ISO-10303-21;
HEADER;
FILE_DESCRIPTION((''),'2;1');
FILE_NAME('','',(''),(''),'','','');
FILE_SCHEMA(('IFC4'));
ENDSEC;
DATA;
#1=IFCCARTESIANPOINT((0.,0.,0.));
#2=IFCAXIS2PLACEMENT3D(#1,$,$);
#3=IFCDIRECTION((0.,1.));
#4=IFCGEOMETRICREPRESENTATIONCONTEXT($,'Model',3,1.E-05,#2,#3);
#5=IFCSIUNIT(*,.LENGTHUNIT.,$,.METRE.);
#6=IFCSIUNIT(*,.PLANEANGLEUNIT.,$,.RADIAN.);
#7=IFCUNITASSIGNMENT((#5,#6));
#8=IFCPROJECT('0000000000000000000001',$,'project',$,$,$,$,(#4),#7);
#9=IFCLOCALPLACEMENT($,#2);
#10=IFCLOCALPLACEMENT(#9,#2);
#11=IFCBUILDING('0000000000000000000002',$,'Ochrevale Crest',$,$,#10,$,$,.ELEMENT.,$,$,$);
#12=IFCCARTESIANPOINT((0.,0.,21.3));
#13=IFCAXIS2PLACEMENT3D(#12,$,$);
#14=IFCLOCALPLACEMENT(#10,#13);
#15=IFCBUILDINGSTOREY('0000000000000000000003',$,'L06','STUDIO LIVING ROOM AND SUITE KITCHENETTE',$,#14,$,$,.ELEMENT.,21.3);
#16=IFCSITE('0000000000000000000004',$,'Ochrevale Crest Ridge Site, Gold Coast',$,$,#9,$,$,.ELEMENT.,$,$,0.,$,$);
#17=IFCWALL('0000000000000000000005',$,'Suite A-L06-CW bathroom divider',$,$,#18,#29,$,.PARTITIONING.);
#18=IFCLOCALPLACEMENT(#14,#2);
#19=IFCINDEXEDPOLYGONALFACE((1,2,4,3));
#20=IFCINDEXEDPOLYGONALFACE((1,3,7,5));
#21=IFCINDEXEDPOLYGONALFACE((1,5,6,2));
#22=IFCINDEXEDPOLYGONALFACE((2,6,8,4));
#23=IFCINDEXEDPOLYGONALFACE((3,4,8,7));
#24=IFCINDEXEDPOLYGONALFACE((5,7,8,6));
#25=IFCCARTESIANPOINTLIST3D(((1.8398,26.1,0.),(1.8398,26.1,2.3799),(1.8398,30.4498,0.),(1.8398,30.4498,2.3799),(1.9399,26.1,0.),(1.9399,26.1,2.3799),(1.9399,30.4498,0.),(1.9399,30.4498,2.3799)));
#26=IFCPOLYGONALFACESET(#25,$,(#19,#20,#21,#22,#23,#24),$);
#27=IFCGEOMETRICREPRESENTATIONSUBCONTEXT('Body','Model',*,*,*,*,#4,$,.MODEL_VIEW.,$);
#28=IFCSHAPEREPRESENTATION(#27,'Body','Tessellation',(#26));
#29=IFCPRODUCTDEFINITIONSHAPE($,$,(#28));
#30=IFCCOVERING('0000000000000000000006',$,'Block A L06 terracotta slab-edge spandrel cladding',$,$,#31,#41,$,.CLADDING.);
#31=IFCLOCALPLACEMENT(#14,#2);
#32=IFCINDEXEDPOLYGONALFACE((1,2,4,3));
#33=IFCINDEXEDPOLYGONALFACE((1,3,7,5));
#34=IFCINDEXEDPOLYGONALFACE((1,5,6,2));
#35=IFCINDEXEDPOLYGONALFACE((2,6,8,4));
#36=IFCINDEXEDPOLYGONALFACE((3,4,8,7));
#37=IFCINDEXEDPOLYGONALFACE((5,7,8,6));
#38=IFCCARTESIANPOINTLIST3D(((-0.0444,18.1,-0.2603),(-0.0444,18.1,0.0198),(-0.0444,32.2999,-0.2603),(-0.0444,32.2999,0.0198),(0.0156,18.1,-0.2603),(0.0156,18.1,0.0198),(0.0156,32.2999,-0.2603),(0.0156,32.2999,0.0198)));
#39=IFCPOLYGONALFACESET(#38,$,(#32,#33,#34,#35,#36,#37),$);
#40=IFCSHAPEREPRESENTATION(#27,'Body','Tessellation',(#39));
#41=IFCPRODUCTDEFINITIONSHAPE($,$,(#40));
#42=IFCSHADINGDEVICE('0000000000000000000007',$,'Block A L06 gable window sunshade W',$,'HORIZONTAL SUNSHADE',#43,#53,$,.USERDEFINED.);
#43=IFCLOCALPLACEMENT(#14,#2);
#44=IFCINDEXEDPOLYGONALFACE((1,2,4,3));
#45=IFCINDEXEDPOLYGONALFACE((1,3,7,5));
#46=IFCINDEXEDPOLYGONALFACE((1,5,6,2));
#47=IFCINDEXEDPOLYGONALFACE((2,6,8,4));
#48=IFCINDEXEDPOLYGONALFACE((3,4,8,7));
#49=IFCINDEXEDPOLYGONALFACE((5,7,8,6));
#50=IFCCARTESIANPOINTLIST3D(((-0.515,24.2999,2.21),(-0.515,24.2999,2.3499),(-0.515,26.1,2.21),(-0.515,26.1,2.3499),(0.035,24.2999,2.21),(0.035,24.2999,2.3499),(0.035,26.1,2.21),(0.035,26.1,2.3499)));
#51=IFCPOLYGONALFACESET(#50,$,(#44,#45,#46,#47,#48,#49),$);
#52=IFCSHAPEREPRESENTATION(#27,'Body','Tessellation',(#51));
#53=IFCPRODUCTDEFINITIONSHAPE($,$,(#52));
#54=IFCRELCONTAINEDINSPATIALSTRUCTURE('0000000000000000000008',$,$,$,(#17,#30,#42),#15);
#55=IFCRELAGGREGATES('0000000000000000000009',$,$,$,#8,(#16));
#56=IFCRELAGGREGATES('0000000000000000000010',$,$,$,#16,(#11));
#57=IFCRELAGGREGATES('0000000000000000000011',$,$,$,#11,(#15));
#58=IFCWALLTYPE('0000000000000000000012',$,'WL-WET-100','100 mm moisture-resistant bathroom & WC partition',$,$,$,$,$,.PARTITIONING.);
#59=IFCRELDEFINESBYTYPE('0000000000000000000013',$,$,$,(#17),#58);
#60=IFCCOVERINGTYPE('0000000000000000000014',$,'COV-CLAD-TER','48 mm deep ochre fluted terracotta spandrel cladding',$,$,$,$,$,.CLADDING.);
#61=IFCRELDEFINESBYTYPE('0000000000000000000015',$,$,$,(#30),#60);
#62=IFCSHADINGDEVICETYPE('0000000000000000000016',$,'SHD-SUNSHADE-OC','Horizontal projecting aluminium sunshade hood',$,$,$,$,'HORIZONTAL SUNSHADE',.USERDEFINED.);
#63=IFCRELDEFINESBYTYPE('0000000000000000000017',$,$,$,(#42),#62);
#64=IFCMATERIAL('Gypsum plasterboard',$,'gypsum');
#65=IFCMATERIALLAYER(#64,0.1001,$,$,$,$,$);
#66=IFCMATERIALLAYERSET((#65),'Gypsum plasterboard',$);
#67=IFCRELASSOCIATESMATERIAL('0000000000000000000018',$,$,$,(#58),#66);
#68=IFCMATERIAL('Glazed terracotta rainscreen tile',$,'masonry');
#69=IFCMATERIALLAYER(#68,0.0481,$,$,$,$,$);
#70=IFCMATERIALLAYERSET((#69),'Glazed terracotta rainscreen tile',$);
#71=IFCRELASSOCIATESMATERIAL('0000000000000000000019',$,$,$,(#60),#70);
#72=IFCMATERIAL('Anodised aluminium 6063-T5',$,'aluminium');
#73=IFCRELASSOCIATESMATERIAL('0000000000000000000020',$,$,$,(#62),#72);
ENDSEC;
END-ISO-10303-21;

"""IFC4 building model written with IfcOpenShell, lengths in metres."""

from ifc_helpers import new_model, si_unit, direction, frame, frame_2d, origin, origin_2d, place, context, subcontext, project, spatial, rectangle, extrude, material, layer, layer_set, type_object, element, save


model = new_model("IFC4")

# Units and contexts
model_context = context("Model", 3, precision=1e-05, world=origin(), true_north=direction((0.0, 1.0)))
body_context = subcontext(model_context, "Body", "Model", "MODEL_VIEW")
ifc_project = project(units=[si_unit("LENGTHUNIT", "METRE"), si_unit("PLANEANGLEUNIT", "RADIAN")], contexts=[model_context])

# Site, building, storey
site_placement = place(None, origin())
site = spatial("IfcSite", under=ifc_project, at=site_placement, Name="Ochrevale Crest Ridge Site, Gold Coast", CompositionType="ELEMENT", RefElevation=0.0)
building_placement = place(site_placement, origin())
building = spatial("IfcBuilding", under=site, at=building_placement, Name="Ochrevale Crest", CompositionType="ELEMENT")
storey_placement = place(building_placement, frame((0.0, 0.0, 21.3)))
storey = spatial("IfcBuildingStorey", under=building, at=storey_placement, Name="L06", Description="STUDIO LIVING ROOM AND SUITE KITCHENETTE", CompositionType="ELEMENT", Elevation=21.3)

# Shared definitions
ifc_material_1 = material(Name="Anodised aluminium 6063-T5", Category="aluminium")

# Shared definitions
ifc_material_2 = material(Name="Gypsum plasterboard", Category="gypsum")

# Wall
ifc_layer_1 = layer(ifc_material_2, 0.1001)
ifc_layer_set_1 = layer_set([ifc_layer_1], Name="Gypsum plasterboard")
wall_type_1 = type_object("IfcWallType", Name="WL-WET-100", Description="100 mm moisture-resistant bathroom & WC partition", PredefinedType="PARTITIONING", material=ifc_layer_set_1)
wall_1_placement = place(storey_placement, frame((1.8899, 26.1001, 0.0), z_axis=(0.0, 0.0, 1.0), x_axis=(0.0, 1.0, 0.0)))
element("IfcWall", 1, at=wall_1_placement, inside=storey, type_object=wall_type_1, Name="Suite A-L06-CW bathroom divider", PredefinedType="PARTITIONING", context=body_context, shape_type="SweptSolid", body=[
    extrude(rectangle(XDim=4.3499, YDim=0.1001, at=frame_2d((2.1748, 0.0))), origin(), (0.0, 0.0, 1.0), 2.3799),
])

# Covering
ifc_material_3 = material(Name="Glazed terracotta rainscreen tile", Category="masonry")
ifc_layer_2 = layer(ifc_material_3, 0.0481)
ifc_layer_set_2 = layer_set([ifc_layer_2], Name="Glazed terracotta rainscreen tile")
covering_type = type_object("IfcCoveringType", Name="COV-CLAD-TER", Description="48 mm deep ochre fluted terracotta spandrel cladding", PredefinedType="CLADDING", material=ifc_layer_set_2)
covering_placement = place(storey_placement, frame((-0.0144, 25.2, -0.2603), z_axis=(0.0, 0.0, 1.0), x_axis=(0.0, -1.0, 0.0)))
element("IfcCovering", 2, at=covering_placement, inside=storey, type_object=covering_type, Name="Block A L06 terracotta slab-edge spandrel cladding", PredefinedType="CLADDING", context=body_context, shape_type="SweptSolid", body=[
    extrude(rectangle(XDim=14.2, YDim=0.0601, at=origin_2d()), origin(), (0.0, 0.0, 1.0), 0.28),
])

# Shading device
shading_device_type = type_object("IfcShadingDeviceType", Name="SHD-SUNSHADE-OC", Description="Horizontal projecting aluminium sunshade hood", ElementType="HORIZONTAL SUNSHADE", PredefinedType="USERDEFINED", material=ifc_material_1)
shading_device_placement = place(storey_placement, frame((-0.24, 25.2, 2.21), z_axis=(0.0, 0.0, 1.0), x_axis=(1.0, 0.0, 0.0)))
element("IfcShadingDevice", 3, at=shading_device_placement, inside=storey, type_object=shading_device_type, Name="Block A L06 gable window sunshade W", ObjectType="HORIZONTAL SUNSHADE", PredefinedType="USERDEFINED", context=body_context, shape_type="SweptSolid", body=[
    extrude(rectangle(XDim=0.55, YDim=1.8, at=origin_2d()), origin(), (0.0, 0.0, 1.0), 0.1399),
])

save(model, "model.ifc")
